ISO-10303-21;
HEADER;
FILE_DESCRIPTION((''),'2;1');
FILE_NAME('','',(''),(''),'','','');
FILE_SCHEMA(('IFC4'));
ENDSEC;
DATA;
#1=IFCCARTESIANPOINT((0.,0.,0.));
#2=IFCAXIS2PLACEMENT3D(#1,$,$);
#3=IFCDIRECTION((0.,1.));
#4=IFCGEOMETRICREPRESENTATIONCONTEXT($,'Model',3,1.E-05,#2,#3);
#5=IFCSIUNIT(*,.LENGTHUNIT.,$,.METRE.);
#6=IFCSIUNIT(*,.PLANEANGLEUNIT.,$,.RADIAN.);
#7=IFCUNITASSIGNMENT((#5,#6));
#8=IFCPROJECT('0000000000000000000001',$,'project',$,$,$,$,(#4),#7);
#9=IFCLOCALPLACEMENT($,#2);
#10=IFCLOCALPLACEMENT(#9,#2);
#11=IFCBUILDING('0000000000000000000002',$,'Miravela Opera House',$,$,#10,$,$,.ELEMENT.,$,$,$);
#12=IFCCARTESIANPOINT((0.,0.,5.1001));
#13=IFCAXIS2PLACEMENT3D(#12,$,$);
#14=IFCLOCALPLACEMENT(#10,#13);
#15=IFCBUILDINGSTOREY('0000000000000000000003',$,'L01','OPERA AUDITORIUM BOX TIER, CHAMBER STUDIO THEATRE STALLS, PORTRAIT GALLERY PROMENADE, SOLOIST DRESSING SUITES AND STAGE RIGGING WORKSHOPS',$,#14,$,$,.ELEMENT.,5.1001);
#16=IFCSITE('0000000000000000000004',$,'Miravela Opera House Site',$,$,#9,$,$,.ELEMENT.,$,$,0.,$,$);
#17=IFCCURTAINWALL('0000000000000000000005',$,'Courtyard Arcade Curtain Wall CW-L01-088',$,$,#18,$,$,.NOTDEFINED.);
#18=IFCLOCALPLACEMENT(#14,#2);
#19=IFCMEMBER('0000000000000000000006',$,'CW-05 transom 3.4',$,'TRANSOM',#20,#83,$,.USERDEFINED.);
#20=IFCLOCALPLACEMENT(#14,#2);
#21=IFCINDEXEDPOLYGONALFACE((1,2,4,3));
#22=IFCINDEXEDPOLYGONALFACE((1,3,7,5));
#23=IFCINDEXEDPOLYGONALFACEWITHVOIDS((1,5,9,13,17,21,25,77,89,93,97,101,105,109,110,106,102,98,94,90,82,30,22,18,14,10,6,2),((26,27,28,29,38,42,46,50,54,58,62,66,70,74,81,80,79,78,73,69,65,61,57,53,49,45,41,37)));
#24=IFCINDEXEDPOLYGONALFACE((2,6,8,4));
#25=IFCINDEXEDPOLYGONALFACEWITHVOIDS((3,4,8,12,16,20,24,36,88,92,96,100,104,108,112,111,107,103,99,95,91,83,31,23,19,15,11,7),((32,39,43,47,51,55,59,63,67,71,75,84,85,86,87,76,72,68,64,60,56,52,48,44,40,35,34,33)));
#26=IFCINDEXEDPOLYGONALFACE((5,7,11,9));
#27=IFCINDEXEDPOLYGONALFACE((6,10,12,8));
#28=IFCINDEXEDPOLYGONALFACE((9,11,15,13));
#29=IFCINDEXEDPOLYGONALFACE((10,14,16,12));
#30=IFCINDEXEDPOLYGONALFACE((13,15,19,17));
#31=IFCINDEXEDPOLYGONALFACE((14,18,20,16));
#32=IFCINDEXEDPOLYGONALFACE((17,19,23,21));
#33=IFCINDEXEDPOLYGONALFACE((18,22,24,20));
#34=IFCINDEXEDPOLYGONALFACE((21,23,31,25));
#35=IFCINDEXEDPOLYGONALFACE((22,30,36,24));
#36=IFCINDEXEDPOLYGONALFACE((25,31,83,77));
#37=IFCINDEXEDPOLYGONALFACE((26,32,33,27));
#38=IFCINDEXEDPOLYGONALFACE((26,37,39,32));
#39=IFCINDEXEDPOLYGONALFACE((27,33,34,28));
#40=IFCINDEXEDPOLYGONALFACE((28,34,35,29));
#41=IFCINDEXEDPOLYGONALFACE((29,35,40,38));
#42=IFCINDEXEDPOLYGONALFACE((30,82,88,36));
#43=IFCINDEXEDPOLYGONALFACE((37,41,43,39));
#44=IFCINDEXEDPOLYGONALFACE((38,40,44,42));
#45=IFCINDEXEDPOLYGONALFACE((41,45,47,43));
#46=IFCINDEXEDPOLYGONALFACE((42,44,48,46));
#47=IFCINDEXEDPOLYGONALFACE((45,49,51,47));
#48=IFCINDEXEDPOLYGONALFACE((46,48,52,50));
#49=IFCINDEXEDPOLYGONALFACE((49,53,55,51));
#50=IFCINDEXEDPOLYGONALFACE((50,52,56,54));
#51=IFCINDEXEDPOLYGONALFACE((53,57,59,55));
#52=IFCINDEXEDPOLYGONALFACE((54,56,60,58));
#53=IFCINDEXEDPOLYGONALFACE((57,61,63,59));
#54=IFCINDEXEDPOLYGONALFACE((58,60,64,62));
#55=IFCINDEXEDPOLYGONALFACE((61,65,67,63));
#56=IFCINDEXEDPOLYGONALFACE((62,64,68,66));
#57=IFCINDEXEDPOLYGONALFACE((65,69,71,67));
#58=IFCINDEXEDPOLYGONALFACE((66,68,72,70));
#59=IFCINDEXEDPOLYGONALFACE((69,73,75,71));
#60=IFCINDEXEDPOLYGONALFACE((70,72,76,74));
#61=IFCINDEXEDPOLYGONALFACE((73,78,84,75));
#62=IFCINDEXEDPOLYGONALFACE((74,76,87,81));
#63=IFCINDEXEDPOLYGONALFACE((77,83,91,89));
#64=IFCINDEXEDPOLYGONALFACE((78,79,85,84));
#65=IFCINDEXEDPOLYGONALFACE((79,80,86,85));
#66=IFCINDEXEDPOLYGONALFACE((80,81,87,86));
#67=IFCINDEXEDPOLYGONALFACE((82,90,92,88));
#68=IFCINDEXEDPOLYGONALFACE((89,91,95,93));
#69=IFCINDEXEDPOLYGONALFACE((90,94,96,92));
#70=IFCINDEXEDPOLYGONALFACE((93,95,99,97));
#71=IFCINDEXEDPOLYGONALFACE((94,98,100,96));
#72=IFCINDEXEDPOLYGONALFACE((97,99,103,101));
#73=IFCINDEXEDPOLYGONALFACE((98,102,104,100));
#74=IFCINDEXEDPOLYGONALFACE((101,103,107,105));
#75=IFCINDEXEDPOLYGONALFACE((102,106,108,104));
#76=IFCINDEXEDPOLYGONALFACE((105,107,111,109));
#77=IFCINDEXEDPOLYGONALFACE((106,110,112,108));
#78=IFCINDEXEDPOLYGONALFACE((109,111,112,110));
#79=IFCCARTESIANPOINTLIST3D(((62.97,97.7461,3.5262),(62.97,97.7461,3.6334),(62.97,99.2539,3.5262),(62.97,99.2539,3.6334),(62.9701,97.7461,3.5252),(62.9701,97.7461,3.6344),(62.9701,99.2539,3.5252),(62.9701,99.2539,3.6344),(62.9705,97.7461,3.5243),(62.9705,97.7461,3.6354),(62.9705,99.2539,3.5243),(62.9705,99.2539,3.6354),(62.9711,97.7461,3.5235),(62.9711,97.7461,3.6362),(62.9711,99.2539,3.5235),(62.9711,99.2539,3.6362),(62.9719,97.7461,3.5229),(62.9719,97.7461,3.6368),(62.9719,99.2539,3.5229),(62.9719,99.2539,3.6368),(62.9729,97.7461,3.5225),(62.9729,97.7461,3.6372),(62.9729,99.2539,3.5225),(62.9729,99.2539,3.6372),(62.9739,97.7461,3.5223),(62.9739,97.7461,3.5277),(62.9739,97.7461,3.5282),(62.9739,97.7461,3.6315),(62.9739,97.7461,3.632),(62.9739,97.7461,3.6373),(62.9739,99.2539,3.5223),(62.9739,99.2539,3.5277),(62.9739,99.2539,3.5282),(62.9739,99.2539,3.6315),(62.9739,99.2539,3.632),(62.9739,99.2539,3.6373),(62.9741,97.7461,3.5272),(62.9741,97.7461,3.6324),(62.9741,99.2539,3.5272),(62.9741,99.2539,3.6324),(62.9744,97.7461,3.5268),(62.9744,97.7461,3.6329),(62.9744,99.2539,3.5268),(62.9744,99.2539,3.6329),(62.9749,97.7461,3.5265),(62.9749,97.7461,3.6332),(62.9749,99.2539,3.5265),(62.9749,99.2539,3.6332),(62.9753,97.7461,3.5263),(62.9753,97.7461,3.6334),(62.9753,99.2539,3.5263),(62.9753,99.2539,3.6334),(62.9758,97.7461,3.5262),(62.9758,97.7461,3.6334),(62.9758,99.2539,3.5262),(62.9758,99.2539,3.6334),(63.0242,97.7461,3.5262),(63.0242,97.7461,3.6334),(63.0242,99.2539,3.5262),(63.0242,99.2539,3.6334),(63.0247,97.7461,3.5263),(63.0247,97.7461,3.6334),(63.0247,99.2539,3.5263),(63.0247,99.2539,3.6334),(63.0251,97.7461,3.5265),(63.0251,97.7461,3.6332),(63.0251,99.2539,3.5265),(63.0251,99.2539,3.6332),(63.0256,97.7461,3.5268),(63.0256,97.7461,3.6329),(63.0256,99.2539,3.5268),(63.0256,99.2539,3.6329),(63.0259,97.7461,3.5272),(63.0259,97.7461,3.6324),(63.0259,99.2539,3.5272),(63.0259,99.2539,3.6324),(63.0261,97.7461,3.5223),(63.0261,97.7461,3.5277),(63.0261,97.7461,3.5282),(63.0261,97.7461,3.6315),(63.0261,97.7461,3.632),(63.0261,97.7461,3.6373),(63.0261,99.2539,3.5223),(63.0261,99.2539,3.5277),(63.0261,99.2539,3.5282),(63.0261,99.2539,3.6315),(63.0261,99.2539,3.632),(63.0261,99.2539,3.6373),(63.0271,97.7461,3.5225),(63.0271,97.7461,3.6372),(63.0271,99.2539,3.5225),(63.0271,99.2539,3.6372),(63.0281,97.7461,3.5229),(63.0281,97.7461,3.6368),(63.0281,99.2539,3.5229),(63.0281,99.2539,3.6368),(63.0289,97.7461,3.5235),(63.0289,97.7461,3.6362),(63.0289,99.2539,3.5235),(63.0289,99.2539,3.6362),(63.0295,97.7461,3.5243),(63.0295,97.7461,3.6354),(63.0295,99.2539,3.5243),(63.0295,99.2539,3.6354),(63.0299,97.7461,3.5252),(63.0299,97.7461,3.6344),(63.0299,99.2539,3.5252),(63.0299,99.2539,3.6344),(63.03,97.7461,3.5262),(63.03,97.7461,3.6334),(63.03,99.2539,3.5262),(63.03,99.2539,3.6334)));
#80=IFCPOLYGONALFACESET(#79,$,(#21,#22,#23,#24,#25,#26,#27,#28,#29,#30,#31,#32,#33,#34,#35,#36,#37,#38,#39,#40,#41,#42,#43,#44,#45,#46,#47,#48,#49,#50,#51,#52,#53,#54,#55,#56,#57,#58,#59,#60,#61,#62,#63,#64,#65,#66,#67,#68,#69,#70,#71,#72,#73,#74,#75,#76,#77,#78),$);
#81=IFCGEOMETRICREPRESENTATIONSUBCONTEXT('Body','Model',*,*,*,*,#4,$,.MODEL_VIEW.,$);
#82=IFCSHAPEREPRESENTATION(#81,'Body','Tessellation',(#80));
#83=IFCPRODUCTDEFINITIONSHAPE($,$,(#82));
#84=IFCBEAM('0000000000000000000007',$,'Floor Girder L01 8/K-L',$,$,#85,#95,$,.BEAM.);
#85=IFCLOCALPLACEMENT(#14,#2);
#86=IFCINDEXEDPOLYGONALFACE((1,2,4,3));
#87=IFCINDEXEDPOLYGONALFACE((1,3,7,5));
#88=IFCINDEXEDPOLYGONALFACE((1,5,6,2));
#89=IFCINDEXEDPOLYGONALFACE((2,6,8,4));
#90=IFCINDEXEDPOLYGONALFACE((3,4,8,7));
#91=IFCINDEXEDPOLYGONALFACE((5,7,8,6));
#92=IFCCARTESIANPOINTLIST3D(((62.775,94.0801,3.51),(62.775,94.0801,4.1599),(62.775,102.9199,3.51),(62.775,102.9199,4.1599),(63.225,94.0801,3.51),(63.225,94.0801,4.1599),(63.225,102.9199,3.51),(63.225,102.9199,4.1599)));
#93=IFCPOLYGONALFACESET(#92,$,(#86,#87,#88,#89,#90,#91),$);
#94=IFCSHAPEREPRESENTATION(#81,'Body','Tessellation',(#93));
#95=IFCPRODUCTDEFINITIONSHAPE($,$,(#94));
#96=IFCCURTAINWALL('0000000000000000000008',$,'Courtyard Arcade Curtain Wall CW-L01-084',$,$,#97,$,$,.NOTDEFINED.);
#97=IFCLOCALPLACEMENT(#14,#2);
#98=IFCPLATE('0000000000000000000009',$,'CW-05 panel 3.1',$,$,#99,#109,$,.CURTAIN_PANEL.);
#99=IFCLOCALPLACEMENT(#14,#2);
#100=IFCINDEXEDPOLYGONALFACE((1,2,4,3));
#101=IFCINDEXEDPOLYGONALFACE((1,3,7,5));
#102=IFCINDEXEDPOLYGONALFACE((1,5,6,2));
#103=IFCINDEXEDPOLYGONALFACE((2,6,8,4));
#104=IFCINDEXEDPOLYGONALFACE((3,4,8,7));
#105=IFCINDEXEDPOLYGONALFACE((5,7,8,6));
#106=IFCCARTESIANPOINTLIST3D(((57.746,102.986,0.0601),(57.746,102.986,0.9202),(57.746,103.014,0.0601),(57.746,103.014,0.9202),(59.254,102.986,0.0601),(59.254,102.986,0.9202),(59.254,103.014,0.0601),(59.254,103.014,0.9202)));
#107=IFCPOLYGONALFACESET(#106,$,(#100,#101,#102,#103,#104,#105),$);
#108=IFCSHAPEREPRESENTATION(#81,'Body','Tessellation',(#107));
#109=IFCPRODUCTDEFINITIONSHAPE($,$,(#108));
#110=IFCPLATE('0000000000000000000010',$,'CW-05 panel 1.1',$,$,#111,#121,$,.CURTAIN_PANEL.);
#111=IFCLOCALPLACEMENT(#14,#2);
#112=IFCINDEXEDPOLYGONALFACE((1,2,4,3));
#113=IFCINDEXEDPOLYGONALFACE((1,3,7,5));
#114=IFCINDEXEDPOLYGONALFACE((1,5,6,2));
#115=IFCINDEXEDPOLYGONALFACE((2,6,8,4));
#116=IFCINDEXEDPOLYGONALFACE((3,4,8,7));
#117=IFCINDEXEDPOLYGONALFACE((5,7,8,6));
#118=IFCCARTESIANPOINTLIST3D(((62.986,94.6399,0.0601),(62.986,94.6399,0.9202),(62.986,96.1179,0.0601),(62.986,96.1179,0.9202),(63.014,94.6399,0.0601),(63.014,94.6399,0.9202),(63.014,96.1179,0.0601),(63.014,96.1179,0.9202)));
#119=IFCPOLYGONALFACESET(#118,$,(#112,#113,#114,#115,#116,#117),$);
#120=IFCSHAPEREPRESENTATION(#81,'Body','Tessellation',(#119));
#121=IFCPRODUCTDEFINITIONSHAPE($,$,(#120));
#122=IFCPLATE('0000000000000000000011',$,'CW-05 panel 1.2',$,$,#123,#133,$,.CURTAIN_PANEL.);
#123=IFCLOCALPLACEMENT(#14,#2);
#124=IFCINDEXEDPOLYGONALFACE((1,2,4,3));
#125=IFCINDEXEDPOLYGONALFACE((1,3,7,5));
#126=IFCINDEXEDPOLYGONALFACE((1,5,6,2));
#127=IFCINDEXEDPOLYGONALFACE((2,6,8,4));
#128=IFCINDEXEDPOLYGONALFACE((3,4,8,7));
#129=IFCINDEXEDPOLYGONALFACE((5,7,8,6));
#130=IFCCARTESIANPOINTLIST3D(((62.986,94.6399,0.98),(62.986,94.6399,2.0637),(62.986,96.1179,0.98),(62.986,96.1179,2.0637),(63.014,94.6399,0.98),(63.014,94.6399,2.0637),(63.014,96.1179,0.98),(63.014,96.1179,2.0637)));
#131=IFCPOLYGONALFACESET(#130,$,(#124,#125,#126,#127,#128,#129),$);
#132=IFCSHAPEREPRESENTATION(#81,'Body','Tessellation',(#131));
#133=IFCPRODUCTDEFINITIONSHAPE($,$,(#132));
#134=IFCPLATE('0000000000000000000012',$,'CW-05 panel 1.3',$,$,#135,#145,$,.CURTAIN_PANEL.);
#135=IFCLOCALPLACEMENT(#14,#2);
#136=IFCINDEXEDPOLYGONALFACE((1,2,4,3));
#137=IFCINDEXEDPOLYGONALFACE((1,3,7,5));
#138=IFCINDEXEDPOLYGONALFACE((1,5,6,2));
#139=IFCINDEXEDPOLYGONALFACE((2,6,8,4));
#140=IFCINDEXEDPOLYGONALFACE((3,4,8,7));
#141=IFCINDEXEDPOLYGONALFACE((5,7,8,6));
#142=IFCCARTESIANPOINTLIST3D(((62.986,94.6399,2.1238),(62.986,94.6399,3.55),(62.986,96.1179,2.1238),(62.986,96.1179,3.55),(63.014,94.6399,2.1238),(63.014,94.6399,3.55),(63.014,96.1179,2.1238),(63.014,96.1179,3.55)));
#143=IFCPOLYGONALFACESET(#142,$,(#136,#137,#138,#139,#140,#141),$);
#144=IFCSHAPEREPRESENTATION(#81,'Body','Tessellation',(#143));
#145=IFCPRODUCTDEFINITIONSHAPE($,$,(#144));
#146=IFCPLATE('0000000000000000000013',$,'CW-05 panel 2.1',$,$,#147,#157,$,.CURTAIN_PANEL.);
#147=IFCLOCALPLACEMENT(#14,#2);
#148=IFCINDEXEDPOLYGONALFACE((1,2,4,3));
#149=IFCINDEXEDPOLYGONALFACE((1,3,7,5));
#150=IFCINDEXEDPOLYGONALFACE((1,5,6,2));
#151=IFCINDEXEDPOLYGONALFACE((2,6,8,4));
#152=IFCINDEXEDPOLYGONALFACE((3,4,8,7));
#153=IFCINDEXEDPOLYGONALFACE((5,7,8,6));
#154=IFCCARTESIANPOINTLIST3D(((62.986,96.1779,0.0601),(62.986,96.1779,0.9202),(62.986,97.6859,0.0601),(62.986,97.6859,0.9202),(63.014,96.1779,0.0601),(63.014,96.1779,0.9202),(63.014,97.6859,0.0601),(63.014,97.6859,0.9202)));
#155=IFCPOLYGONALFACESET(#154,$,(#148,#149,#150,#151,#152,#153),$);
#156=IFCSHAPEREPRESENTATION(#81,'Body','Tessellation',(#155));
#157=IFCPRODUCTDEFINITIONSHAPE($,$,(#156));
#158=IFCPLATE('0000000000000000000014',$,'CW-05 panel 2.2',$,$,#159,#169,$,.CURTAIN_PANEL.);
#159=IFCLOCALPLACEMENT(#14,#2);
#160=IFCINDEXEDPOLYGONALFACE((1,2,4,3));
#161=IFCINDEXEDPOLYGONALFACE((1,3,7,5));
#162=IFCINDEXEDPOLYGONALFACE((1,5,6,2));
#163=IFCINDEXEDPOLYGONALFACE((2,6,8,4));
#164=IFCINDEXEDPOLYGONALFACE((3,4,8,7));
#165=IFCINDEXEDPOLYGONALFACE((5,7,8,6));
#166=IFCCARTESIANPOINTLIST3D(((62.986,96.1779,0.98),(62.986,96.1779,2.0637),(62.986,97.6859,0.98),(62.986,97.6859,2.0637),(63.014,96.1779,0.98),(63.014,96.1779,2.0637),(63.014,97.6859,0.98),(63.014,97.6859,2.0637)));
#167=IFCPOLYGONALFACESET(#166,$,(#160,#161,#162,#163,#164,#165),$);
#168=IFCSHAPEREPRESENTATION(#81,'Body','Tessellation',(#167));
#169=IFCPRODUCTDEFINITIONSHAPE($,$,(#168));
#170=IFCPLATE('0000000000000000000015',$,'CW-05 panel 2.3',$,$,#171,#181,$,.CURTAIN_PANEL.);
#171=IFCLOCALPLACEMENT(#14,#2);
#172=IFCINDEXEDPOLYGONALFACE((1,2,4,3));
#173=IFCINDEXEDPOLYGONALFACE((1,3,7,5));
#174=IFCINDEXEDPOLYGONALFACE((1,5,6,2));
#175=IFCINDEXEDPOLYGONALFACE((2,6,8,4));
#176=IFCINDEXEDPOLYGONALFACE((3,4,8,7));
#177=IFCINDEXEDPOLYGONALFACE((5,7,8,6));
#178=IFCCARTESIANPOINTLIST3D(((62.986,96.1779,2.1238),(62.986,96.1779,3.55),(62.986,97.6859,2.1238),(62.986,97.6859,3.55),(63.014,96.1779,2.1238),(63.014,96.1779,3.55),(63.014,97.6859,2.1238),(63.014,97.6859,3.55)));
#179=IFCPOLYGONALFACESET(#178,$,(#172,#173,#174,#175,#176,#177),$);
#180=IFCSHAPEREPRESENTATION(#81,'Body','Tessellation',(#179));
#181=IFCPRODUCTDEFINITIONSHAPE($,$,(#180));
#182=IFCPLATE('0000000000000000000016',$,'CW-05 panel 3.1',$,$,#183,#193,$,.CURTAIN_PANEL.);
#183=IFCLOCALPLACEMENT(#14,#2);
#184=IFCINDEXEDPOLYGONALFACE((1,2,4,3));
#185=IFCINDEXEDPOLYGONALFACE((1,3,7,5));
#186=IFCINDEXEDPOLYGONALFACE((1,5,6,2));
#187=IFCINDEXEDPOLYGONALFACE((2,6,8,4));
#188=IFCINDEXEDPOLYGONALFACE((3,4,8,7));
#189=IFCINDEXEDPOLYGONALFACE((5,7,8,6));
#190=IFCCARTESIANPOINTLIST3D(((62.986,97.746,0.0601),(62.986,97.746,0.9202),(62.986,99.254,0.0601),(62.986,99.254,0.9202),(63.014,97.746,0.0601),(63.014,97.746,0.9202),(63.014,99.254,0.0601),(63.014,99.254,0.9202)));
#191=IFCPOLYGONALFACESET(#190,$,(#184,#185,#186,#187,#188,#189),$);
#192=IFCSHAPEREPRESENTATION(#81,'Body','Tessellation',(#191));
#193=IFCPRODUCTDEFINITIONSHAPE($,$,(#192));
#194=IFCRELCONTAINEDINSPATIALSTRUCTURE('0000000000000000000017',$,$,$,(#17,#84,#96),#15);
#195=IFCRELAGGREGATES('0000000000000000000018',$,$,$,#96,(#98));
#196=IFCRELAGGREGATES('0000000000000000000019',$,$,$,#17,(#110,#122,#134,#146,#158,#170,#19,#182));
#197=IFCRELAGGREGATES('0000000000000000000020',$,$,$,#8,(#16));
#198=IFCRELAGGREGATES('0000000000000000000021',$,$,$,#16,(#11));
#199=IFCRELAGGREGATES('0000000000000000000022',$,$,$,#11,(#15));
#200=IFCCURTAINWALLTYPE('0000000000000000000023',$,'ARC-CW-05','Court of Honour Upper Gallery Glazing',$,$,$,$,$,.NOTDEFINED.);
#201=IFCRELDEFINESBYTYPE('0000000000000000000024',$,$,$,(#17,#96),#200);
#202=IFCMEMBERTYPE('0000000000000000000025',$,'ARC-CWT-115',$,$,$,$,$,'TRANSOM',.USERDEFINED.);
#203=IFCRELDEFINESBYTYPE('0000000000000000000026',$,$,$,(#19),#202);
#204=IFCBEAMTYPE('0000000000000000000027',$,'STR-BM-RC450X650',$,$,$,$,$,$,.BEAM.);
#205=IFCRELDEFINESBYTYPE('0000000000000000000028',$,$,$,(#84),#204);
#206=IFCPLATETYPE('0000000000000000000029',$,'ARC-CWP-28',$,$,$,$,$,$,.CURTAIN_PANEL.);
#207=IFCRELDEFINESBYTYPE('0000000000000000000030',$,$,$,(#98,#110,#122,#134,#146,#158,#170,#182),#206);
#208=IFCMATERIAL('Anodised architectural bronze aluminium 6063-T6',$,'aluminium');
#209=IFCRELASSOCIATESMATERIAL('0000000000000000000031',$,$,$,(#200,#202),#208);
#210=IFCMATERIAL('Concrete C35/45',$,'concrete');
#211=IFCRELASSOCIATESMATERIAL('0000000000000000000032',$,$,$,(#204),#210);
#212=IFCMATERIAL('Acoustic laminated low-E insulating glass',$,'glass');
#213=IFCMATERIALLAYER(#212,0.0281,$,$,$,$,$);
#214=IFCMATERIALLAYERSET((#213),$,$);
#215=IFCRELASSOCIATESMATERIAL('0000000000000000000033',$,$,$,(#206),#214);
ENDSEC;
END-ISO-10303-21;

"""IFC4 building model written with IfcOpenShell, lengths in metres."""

from ifc_helpers import new_model, si_unit, direction, frame, origin, origin_2d, place, context, subcontext, project, spatial, rectangle, hollow_rectangle, extrude, material, layer, layer_set, material_profile, profile_set, type_object, element, aggregate, save


model = new_model("IFC4")

# Units and contexts
model_context = context("Model", 3, precision=1e-05, world=origin(), true_north=direction((0.0, 1.0)))
body_context = subcontext(model_context, "Body", "Model", "MODEL_VIEW")
ifc_project = project(units=[si_unit("LENGTHUNIT", "METRE"), si_unit("PLANEANGLEUNIT", "RADIAN")], contexts=[model_context])

# Site, building, storey
site_placement = place(None, origin())
site = spatial("IfcSite", under=ifc_project, at=site_placement, Name="Miravela Opera House Site", CompositionType="ELEMENT", RefElevation=0.0)
building_placement = place(site_placement, origin())
building = spatial("IfcBuilding", under=site, at=building_placement, Name="Miravela Opera House", CompositionType="ELEMENT")
storey_placement = place(building_placement, frame((0.0, 0.0, 5.1001)))
storey = spatial("IfcBuildingStorey", under=building, at=storey_placement, Name="L01", Description="OPERA AUDITORIUM BOX TIER, CHAMBER STUDIO THEATRE STALLS, PORTRAIT GALLERY PROMENADE, SOLOIST DRESSING SUITES AND STAGE RIGGING WORKSHOPS", CompositionType="ELEMENT", Elevation=5.1001)

# Curtain wall, member
ifc_material_1 = material(Name="Anodised architectural bronze aluminium 6063-T6", Category="aluminium")
curtain_wall_type = type_object("IfcCurtainWallType", Name="ARC-CW-05", Description="Court of Honour Upper Gallery Glazing", PredefinedType="NOTDEFINED", material=ifc_material_1)
curtain_wall_1_placement = place(storey_placement, origin())
curtain_wall_1 = element("IfcCurtainWall", 1, at=curtain_wall_1_placement, inside=storey, type_object=curtain_wall_type, Name="Courtyard Arcade Curtain Wall CW-L01-088", PredefinedType="NOTDEFINED")
ifc_material_profile_1 = material_profile(ifc_material_1, hollow_rectangle(XDim=0.0601, YDim=0.115, WallThickness=0.0039, InnerFilletRadius=0.002, OuterFilletRadius=0.0039, at=origin_2d()), Name="CWT-60X115")
ifc_profile_set_1 = profile_set([ifc_material_profile_1])
member_type_1 = type_object("IfcMemberType", Name="ARC-CWT-115", ElementType="TRANSOM", PredefinedType="USERDEFINED", material=ifc_profile_set_1)
member_1_placement = place(storey_placement, frame((63.0, 97.7461, 3.5798), z_axis=(0.0, 1.0, 0.0), x_axis=(-1.0, 0.0, 0.0)))
member_1 = element("IfcMember", 2, at=member_1_placement, type_object=member_type_1, Name="CW-05 transom 3.4", ObjectType="TRANSOM", PredefinedType="USERDEFINED", context=body_context, shape_type="SweptSolid", body=[
    extrude(hollow_rectangle(XDim=0.0601, YDim=0.115, WallThickness=0.0039, InnerFilletRadius=0.002, OuterFilletRadius=0.0039, at=origin_2d()), origin(), (0.0, 0.0, 1.0), 1.5078),
])

# Beam
ifc_material_2 = material(Name="Concrete C35/45", Category="concrete")
ifc_material_profile_2 = material_profile(ifc_material_2, rectangle(XDim=0.45, YDim=0.6499, at=origin_2d()), Name="RC-BM-450X650")
ifc_profile_set_2 = profile_set([ifc_material_profile_2])
beam_type = type_object("IfcBeamType", Name="STR-BM-RC450X650", PredefinedType="BEAM", material=ifc_profile_set_2)
beam_placement = place(storey_placement, frame((63.0, 94.0801, 3.835), z_axis=(0.0, 1.0, 0.0), x_axis=(-1.0, 0.0, 0.0)))
element("IfcBeam", 3, at=beam_placement, inside=storey, type_object=beam_type, Name="Floor Girder L01 8/K-L", PredefinedType="BEAM", context=body_context, shape_type="SweptSolid", body=[
    extrude(rectangle(XDim=0.45, YDim=0.6499, at=origin_2d()), origin(), (0.0, 0.0, 1.0), 8.8398),
])

# Curtain wall, plate
curtain_wall_2_placement = place(storey_placement, origin())
curtain_wall_2 = element("IfcCurtainWall", 4, at=curtain_wall_2_placement, inside=storey, type_object=curtain_wall_type, Name="Courtyard Arcade Curtain Wall CW-L01-084", PredefinedType="NOTDEFINED")
ifc_material_3 = material(Name="Acoustic laminated low-E insulating glass", Category="glass")
ifc_layer = layer(ifc_material_3, 0.0281)
ifc_layer_set = layer_set([ifc_layer])
plate_type = type_object("IfcPlateType", Name="ARC-CWP-28", PredefinedType="CURTAIN_PANEL", material=ifc_layer_set)
plate_1_placement = place(storey_placement, frame((58.5, 103.0, 0.0601), z_axis=(0.0, 0.0, 1.0), x_axis=(1.0, 0.0, 0.0)))
plate_1 = element("IfcPlate", 5, at=plate_1_placement, type_object=plate_type, Name="CW-05 panel 3.1", PredefinedType="CURTAIN_PANEL", context=body_context, shape_type="SweptSolid", body=[
    extrude(rectangle(XDim=1.5081, YDim=0.0281, at=origin_2d()), origin(), (0.0, 0.0, 1.0), 0.8601),
])
aggregate(curtain_wall_2, [plate_1])

# Plates
plate_2_placement = place(storey_placement, frame((63.0, 95.3789, 0.0601), z_axis=(0.0, 0.0, 1.0), x_axis=(0.0, 1.0, 0.0)))
plate_2 = element("IfcPlate", 6, at=plate_2_placement, type_object=plate_type, Name="CW-05 panel 1.1", PredefinedType="CURTAIN_PANEL", context=body_context, shape_type="SweptSolid", body=[
    extrude(rectangle(XDim=1.478, YDim=0.0281, at=origin_2d()), origin(), (0.0, 0.0, 1.0), 0.8601),
])
plate_3_placement = place(storey_placement, frame((63.0, 95.3789, 0.98), z_axis=(0.0, 0.0, 1.0), x_axis=(0.0, 1.0, 0.0)))
plate_3 = element("IfcPlate", 7, at=plate_3_placement, type_object=plate_type, Name="CW-05 panel 1.2", PredefinedType="CURTAIN_PANEL", context=body_context, shape_type="SweptSolid", body=[
    extrude(rectangle(XDim=1.478, YDim=0.0281, at=origin_2d()), origin(), (0.0, 0.0, 1.0), 1.0837),
])
plate_4_placement = place(storey_placement, frame((63.0, 95.3789, 2.1238), z_axis=(0.0, 0.0, 1.0), x_axis=(0.0, 1.0, 0.0)))
plate_4 = element("IfcPlate", 8, at=plate_4_placement, type_object=plate_type, Name="CW-05 panel 1.3", PredefinedType="CURTAIN_PANEL", context=body_context, shape_type="SweptSolid", body=[
    extrude(rectangle(XDim=1.478, YDim=0.0281, at=origin_2d()), origin(), (0.0, 0.0, 1.0), 1.4263),
])
plate_5_placement = place(storey_placement, frame((63.0, 96.9319, 0.0601), z_axis=(0.0, 0.0, 1.0), x_axis=(0.0, 1.0, 0.0)))
plate_5 = element("IfcPlate", 9, at=plate_5_placement, type_object=plate_type, Name="CW-05 panel 2.1", PredefinedType="CURTAIN_PANEL", context=body_context, shape_type="SweptSolid", body=[
    extrude(rectangle(XDim=1.5081, YDim=0.0281, at=origin_2d()), origin(), (0.0, 0.0, 1.0), 0.8601),
])
plate_6_placement = place(storey_placement, frame((63.0, 96.9319, 0.98), z_axis=(0.0, 0.0, 1.0), x_axis=(0.0, 1.0, 0.0)))
plate_6 = element("IfcPlate", 10, at=plate_6_placement, type_object=plate_type, Name="CW-05 panel 2.2", PredefinedType="CURTAIN_PANEL", context=body_context, shape_type="SweptSolid", body=[
    extrude(rectangle(XDim=1.5081, YDim=0.0281, at=origin_2d()), origin(), (0.0, 0.0, 1.0), 1.0837),
])
plate_7_placement = place(storey_placement, frame((63.0, 96.9319, 2.1238), z_axis=(0.0, 0.0, 1.0), x_axis=(0.0, 1.0, 0.0)))
plate_7 = element("IfcPlate", 11, at=plate_7_placement, type_object=plate_type, Name="CW-05 panel 2.3", PredefinedType="CURTAIN_PANEL", context=body_context, shape_type="SweptSolid", body=[
    extrude(rectangle(XDim=1.5081, YDim=0.0281, at=origin_2d()), origin(), (0.0, 0.0, 1.0), 1.4263),
])
plate_8_placement = place(storey_placement, frame((63.0, 98.5, 0.0601), z_axis=(0.0, 0.0, 1.0), x_axis=(0.0, 1.0, 0.0)))
plate_8 = element("IfcPlate", 12, at=plate_8_placement, type_object=plate_type, Name="CW-05 panel 3.1", PredefinedType="CURTAIN_PANEL", context=body_context, shape_type="SweptSolid", body=[
    extrude(rectangle(XDim=1.5081, YDim=0.0281, at=origin_2d()), origin(), (0.0, 0.0, 1.0), 0.8601),
])
aggregate(curtain_wall_1, [plate_2, plate_3, plate_4, plate_5, plate_6, plate_7, member_1, plate_8])

save(model, "model.ifc")
